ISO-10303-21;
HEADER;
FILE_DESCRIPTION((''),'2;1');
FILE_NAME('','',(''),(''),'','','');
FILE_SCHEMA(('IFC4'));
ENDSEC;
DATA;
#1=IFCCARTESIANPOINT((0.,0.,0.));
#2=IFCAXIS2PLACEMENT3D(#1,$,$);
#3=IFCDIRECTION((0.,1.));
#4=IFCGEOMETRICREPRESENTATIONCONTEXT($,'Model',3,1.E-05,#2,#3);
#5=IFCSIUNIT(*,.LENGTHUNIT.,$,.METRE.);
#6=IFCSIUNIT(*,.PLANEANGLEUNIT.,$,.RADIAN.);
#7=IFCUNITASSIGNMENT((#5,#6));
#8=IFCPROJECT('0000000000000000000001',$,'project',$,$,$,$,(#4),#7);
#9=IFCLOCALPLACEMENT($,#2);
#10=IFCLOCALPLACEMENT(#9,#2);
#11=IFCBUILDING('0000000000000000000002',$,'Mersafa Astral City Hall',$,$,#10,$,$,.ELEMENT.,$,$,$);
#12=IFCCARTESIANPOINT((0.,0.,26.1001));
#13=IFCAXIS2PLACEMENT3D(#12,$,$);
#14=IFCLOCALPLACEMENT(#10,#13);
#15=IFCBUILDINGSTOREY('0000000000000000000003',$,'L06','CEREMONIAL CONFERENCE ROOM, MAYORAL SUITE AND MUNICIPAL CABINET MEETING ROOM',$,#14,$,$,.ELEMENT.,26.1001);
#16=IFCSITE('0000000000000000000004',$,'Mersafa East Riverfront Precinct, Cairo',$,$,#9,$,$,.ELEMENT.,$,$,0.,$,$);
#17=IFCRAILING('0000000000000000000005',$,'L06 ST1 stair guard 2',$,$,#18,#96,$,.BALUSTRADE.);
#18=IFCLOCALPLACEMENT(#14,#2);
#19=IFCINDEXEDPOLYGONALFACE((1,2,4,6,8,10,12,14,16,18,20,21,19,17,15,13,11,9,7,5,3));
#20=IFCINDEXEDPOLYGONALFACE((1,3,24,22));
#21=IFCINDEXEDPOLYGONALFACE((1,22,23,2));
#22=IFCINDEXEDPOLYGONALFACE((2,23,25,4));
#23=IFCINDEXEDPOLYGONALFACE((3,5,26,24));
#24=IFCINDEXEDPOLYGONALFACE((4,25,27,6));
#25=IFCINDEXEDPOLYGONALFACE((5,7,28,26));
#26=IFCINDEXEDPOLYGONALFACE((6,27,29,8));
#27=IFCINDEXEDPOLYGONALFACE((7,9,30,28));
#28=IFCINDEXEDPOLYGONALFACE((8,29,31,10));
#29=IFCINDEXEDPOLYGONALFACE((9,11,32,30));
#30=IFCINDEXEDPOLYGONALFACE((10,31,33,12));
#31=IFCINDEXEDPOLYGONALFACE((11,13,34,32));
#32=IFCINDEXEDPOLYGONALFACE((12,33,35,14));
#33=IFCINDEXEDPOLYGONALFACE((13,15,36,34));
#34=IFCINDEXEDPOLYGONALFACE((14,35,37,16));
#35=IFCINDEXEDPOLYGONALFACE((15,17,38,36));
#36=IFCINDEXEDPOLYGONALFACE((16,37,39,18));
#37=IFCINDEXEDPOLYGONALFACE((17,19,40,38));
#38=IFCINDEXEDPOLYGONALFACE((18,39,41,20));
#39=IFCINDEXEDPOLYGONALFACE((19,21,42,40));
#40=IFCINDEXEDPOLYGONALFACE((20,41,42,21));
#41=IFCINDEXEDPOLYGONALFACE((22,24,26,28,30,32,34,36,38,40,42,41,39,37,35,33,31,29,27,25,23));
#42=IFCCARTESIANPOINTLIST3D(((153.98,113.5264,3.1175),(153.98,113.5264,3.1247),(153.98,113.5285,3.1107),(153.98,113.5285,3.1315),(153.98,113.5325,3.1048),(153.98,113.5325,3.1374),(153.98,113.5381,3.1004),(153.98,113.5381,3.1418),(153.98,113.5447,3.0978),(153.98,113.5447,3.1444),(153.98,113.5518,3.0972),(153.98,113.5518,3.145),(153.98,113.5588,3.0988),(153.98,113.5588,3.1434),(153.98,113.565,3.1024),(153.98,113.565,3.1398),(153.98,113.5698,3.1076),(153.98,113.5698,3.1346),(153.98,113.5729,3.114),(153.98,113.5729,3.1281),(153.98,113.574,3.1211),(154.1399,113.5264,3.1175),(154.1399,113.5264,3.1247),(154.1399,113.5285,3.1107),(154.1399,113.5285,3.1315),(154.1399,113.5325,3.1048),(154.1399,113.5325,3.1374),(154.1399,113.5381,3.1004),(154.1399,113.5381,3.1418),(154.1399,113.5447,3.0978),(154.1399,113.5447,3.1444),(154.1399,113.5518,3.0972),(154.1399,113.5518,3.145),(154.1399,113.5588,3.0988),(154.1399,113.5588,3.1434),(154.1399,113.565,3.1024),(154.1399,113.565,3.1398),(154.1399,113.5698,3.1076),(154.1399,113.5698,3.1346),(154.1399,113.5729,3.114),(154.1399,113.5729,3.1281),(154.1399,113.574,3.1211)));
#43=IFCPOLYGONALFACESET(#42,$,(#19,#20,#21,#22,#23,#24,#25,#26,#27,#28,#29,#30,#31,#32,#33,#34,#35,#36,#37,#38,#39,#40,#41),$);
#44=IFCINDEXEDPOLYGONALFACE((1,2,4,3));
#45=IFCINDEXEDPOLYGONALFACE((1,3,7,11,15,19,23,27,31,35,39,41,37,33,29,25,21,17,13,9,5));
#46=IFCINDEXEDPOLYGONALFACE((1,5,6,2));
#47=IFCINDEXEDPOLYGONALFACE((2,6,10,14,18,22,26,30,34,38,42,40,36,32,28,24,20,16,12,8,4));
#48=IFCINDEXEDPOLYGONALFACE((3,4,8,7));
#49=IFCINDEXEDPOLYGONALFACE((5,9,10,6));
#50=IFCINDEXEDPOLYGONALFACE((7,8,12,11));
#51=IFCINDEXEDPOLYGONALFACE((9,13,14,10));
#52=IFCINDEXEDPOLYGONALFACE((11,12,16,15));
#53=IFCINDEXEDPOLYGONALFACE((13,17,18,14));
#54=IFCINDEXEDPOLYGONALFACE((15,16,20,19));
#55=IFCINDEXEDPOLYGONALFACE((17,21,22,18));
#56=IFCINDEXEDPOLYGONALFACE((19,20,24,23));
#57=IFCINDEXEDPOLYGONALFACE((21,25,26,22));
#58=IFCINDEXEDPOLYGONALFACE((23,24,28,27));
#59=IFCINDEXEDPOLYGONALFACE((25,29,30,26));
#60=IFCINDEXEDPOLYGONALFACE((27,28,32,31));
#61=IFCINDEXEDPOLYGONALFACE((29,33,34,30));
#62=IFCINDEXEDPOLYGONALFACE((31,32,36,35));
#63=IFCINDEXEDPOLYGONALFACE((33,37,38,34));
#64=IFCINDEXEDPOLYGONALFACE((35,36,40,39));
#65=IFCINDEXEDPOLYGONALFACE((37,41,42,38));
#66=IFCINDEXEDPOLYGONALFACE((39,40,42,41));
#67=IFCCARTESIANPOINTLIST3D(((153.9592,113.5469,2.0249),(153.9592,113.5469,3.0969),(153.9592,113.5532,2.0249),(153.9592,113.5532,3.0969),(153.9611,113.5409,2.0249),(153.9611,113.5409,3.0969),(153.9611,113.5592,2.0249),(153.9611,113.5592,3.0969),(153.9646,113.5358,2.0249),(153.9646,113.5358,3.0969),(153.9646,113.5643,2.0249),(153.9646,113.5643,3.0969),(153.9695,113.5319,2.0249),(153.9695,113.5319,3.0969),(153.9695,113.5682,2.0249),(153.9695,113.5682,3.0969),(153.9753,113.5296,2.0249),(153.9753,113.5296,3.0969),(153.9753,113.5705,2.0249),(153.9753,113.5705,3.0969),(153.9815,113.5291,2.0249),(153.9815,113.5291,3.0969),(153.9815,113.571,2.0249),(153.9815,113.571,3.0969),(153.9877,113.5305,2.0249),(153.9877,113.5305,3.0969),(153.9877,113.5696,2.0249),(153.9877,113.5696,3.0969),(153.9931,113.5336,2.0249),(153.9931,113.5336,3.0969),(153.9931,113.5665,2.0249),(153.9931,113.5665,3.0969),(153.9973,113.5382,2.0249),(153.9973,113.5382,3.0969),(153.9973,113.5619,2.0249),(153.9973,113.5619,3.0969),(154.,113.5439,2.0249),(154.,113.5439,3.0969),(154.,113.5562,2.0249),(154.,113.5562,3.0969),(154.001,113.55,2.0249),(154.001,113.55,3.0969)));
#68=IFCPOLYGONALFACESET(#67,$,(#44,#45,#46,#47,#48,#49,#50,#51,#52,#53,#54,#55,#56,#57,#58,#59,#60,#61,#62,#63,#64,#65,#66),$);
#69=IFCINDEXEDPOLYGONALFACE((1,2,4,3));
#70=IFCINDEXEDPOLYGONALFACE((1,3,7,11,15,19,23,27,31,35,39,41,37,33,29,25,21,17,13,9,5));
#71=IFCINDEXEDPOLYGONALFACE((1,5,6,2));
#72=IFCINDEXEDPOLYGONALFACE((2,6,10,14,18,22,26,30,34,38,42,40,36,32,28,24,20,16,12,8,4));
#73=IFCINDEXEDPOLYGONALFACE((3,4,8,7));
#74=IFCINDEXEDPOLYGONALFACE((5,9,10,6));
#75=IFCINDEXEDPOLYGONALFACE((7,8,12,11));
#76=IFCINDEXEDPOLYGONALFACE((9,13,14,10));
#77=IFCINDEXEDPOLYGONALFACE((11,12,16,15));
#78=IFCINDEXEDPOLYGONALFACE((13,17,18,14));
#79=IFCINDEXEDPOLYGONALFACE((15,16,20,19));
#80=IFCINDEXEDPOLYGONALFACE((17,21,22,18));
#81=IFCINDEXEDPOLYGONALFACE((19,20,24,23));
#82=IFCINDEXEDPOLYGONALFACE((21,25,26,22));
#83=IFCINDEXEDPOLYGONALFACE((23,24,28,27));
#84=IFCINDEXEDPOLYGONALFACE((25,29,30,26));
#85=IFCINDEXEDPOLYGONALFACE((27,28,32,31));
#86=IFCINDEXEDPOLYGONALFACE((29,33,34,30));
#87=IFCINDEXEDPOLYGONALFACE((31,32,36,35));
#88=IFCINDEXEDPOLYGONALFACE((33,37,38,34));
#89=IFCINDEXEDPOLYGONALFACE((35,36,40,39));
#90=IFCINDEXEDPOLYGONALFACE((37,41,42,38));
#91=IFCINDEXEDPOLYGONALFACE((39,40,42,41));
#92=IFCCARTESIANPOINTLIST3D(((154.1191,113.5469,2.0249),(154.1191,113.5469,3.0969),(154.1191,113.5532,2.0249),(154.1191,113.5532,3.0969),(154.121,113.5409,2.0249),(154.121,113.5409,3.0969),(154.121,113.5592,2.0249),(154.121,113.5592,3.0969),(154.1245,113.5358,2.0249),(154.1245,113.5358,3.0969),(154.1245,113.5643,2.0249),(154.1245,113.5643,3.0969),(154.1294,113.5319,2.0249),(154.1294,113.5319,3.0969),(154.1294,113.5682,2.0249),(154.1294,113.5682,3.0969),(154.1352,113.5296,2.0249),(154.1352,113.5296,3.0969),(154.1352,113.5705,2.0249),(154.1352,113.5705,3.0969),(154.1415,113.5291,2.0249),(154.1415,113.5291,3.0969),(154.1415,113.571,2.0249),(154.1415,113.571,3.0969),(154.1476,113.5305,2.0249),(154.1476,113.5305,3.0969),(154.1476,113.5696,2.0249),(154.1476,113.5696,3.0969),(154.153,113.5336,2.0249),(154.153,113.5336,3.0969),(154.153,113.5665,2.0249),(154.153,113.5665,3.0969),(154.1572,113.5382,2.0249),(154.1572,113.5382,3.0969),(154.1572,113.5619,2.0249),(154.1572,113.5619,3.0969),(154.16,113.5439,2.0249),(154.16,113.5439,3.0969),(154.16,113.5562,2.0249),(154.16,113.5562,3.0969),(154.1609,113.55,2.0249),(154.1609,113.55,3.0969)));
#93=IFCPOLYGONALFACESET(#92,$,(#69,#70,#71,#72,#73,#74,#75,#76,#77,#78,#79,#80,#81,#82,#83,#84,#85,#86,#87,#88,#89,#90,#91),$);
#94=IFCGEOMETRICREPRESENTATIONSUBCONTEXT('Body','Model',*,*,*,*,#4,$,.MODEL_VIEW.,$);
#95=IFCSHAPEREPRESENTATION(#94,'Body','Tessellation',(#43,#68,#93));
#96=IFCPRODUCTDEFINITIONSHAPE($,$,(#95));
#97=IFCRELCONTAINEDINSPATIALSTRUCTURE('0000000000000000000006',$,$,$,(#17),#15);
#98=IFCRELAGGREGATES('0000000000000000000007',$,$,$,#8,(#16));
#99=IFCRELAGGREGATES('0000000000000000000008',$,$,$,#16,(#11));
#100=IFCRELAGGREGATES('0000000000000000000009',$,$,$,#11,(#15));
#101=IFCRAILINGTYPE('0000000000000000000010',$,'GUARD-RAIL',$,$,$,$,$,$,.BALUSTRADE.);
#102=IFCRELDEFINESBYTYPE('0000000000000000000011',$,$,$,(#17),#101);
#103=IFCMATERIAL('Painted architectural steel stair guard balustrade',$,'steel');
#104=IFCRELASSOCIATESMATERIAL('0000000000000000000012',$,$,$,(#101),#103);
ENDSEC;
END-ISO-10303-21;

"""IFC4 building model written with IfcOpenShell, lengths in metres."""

from ifc_helpers import new_model, si_unit, direction, frame, origin, origin_2d, place, context, subcontext, project, spatial, circle, extrude, material, type_object, element, save


model = new_model("IFC4")

# Units and contexts
model_context = context("Model", 3, precision=1e-05, world=origin(), true_north=direction((0.0, 1.0)))
body_context = subcontext(model_context, "Body", "Model", "MODEL_VIEW")
ifc_project = project(units=[si_unit("LENGTHUNIT", "METRE"), si_unit("PLANEANGLEUNIT", "RADIAN")], contexts=[model_context])

# Site, building, storey
site_placement = place(None, origin())
site = spatial("IfcSite", under=ifc_project, at=site_placement, Name="Mersafa East Riverfront Precinct, Cairo", CompositionType="ELEMENT", RefElevation=0.0)
building_placement = place(site_placement, origin())
building = spatial("IfcBuilding", under=site, at=building_placement, Name="Mersafa Astral City Hall", CompositionType="ELEMENT")
storey_placement = place(building_placement, frame((0.0, 0.0, 26.1001)))
storey = spatial("IfcBuildingStorey", under=building, at=storey_placement, Name="L06", Description="CEREMONIAL CONFERENCE ROOM, MAYORAL SUITE AND MUNICIPAL CABINET MEETING ROOM", CompositionType="ELEMENT", Elevation=26.1001)

# Railing
ifc_material_1 = material(Name="Painted architectural steel stair guard balustrade", Category="steel")
railing_type_1 = type_object("IfcRailingType", Name="GUARD-RAIL", PredefinedType="BALUSTRADE", material=ifc_material_1)
railing_1_placement = place(storey_placement, frame((153.98, 113.55, 2.0249)))
element("IfcRailing", 1, at=railing_1_placement, inside=storey, type_object=railing_type_1, Name="L06 ST1 stair guard 2", PredefinedType="BALUSTRADE", context=body_context, shape_type="SweptSolid", body=[
    extrude(circle(Radius=0.0239, at=origin_2d()), frame((0.0, 0.0, 1.0962), z_axis=(1.0, 0.0, 0.0), x_axis=(0.0, 1.0, 0.0)), (0.0, 0.0, 1.0), 0.1599),
    extrude(circle(Radius=0.021, at=origin_2d()), origin(), (0.0, 0.0, 1.0), 1.072),
    extrude(circle(Radius=0.021, at=origin_2d()), frame((0.1599, 0.0, 0.0)), (0.0, 0.0, 1.0), 1.072),
])

save(model, "model.ifc")
